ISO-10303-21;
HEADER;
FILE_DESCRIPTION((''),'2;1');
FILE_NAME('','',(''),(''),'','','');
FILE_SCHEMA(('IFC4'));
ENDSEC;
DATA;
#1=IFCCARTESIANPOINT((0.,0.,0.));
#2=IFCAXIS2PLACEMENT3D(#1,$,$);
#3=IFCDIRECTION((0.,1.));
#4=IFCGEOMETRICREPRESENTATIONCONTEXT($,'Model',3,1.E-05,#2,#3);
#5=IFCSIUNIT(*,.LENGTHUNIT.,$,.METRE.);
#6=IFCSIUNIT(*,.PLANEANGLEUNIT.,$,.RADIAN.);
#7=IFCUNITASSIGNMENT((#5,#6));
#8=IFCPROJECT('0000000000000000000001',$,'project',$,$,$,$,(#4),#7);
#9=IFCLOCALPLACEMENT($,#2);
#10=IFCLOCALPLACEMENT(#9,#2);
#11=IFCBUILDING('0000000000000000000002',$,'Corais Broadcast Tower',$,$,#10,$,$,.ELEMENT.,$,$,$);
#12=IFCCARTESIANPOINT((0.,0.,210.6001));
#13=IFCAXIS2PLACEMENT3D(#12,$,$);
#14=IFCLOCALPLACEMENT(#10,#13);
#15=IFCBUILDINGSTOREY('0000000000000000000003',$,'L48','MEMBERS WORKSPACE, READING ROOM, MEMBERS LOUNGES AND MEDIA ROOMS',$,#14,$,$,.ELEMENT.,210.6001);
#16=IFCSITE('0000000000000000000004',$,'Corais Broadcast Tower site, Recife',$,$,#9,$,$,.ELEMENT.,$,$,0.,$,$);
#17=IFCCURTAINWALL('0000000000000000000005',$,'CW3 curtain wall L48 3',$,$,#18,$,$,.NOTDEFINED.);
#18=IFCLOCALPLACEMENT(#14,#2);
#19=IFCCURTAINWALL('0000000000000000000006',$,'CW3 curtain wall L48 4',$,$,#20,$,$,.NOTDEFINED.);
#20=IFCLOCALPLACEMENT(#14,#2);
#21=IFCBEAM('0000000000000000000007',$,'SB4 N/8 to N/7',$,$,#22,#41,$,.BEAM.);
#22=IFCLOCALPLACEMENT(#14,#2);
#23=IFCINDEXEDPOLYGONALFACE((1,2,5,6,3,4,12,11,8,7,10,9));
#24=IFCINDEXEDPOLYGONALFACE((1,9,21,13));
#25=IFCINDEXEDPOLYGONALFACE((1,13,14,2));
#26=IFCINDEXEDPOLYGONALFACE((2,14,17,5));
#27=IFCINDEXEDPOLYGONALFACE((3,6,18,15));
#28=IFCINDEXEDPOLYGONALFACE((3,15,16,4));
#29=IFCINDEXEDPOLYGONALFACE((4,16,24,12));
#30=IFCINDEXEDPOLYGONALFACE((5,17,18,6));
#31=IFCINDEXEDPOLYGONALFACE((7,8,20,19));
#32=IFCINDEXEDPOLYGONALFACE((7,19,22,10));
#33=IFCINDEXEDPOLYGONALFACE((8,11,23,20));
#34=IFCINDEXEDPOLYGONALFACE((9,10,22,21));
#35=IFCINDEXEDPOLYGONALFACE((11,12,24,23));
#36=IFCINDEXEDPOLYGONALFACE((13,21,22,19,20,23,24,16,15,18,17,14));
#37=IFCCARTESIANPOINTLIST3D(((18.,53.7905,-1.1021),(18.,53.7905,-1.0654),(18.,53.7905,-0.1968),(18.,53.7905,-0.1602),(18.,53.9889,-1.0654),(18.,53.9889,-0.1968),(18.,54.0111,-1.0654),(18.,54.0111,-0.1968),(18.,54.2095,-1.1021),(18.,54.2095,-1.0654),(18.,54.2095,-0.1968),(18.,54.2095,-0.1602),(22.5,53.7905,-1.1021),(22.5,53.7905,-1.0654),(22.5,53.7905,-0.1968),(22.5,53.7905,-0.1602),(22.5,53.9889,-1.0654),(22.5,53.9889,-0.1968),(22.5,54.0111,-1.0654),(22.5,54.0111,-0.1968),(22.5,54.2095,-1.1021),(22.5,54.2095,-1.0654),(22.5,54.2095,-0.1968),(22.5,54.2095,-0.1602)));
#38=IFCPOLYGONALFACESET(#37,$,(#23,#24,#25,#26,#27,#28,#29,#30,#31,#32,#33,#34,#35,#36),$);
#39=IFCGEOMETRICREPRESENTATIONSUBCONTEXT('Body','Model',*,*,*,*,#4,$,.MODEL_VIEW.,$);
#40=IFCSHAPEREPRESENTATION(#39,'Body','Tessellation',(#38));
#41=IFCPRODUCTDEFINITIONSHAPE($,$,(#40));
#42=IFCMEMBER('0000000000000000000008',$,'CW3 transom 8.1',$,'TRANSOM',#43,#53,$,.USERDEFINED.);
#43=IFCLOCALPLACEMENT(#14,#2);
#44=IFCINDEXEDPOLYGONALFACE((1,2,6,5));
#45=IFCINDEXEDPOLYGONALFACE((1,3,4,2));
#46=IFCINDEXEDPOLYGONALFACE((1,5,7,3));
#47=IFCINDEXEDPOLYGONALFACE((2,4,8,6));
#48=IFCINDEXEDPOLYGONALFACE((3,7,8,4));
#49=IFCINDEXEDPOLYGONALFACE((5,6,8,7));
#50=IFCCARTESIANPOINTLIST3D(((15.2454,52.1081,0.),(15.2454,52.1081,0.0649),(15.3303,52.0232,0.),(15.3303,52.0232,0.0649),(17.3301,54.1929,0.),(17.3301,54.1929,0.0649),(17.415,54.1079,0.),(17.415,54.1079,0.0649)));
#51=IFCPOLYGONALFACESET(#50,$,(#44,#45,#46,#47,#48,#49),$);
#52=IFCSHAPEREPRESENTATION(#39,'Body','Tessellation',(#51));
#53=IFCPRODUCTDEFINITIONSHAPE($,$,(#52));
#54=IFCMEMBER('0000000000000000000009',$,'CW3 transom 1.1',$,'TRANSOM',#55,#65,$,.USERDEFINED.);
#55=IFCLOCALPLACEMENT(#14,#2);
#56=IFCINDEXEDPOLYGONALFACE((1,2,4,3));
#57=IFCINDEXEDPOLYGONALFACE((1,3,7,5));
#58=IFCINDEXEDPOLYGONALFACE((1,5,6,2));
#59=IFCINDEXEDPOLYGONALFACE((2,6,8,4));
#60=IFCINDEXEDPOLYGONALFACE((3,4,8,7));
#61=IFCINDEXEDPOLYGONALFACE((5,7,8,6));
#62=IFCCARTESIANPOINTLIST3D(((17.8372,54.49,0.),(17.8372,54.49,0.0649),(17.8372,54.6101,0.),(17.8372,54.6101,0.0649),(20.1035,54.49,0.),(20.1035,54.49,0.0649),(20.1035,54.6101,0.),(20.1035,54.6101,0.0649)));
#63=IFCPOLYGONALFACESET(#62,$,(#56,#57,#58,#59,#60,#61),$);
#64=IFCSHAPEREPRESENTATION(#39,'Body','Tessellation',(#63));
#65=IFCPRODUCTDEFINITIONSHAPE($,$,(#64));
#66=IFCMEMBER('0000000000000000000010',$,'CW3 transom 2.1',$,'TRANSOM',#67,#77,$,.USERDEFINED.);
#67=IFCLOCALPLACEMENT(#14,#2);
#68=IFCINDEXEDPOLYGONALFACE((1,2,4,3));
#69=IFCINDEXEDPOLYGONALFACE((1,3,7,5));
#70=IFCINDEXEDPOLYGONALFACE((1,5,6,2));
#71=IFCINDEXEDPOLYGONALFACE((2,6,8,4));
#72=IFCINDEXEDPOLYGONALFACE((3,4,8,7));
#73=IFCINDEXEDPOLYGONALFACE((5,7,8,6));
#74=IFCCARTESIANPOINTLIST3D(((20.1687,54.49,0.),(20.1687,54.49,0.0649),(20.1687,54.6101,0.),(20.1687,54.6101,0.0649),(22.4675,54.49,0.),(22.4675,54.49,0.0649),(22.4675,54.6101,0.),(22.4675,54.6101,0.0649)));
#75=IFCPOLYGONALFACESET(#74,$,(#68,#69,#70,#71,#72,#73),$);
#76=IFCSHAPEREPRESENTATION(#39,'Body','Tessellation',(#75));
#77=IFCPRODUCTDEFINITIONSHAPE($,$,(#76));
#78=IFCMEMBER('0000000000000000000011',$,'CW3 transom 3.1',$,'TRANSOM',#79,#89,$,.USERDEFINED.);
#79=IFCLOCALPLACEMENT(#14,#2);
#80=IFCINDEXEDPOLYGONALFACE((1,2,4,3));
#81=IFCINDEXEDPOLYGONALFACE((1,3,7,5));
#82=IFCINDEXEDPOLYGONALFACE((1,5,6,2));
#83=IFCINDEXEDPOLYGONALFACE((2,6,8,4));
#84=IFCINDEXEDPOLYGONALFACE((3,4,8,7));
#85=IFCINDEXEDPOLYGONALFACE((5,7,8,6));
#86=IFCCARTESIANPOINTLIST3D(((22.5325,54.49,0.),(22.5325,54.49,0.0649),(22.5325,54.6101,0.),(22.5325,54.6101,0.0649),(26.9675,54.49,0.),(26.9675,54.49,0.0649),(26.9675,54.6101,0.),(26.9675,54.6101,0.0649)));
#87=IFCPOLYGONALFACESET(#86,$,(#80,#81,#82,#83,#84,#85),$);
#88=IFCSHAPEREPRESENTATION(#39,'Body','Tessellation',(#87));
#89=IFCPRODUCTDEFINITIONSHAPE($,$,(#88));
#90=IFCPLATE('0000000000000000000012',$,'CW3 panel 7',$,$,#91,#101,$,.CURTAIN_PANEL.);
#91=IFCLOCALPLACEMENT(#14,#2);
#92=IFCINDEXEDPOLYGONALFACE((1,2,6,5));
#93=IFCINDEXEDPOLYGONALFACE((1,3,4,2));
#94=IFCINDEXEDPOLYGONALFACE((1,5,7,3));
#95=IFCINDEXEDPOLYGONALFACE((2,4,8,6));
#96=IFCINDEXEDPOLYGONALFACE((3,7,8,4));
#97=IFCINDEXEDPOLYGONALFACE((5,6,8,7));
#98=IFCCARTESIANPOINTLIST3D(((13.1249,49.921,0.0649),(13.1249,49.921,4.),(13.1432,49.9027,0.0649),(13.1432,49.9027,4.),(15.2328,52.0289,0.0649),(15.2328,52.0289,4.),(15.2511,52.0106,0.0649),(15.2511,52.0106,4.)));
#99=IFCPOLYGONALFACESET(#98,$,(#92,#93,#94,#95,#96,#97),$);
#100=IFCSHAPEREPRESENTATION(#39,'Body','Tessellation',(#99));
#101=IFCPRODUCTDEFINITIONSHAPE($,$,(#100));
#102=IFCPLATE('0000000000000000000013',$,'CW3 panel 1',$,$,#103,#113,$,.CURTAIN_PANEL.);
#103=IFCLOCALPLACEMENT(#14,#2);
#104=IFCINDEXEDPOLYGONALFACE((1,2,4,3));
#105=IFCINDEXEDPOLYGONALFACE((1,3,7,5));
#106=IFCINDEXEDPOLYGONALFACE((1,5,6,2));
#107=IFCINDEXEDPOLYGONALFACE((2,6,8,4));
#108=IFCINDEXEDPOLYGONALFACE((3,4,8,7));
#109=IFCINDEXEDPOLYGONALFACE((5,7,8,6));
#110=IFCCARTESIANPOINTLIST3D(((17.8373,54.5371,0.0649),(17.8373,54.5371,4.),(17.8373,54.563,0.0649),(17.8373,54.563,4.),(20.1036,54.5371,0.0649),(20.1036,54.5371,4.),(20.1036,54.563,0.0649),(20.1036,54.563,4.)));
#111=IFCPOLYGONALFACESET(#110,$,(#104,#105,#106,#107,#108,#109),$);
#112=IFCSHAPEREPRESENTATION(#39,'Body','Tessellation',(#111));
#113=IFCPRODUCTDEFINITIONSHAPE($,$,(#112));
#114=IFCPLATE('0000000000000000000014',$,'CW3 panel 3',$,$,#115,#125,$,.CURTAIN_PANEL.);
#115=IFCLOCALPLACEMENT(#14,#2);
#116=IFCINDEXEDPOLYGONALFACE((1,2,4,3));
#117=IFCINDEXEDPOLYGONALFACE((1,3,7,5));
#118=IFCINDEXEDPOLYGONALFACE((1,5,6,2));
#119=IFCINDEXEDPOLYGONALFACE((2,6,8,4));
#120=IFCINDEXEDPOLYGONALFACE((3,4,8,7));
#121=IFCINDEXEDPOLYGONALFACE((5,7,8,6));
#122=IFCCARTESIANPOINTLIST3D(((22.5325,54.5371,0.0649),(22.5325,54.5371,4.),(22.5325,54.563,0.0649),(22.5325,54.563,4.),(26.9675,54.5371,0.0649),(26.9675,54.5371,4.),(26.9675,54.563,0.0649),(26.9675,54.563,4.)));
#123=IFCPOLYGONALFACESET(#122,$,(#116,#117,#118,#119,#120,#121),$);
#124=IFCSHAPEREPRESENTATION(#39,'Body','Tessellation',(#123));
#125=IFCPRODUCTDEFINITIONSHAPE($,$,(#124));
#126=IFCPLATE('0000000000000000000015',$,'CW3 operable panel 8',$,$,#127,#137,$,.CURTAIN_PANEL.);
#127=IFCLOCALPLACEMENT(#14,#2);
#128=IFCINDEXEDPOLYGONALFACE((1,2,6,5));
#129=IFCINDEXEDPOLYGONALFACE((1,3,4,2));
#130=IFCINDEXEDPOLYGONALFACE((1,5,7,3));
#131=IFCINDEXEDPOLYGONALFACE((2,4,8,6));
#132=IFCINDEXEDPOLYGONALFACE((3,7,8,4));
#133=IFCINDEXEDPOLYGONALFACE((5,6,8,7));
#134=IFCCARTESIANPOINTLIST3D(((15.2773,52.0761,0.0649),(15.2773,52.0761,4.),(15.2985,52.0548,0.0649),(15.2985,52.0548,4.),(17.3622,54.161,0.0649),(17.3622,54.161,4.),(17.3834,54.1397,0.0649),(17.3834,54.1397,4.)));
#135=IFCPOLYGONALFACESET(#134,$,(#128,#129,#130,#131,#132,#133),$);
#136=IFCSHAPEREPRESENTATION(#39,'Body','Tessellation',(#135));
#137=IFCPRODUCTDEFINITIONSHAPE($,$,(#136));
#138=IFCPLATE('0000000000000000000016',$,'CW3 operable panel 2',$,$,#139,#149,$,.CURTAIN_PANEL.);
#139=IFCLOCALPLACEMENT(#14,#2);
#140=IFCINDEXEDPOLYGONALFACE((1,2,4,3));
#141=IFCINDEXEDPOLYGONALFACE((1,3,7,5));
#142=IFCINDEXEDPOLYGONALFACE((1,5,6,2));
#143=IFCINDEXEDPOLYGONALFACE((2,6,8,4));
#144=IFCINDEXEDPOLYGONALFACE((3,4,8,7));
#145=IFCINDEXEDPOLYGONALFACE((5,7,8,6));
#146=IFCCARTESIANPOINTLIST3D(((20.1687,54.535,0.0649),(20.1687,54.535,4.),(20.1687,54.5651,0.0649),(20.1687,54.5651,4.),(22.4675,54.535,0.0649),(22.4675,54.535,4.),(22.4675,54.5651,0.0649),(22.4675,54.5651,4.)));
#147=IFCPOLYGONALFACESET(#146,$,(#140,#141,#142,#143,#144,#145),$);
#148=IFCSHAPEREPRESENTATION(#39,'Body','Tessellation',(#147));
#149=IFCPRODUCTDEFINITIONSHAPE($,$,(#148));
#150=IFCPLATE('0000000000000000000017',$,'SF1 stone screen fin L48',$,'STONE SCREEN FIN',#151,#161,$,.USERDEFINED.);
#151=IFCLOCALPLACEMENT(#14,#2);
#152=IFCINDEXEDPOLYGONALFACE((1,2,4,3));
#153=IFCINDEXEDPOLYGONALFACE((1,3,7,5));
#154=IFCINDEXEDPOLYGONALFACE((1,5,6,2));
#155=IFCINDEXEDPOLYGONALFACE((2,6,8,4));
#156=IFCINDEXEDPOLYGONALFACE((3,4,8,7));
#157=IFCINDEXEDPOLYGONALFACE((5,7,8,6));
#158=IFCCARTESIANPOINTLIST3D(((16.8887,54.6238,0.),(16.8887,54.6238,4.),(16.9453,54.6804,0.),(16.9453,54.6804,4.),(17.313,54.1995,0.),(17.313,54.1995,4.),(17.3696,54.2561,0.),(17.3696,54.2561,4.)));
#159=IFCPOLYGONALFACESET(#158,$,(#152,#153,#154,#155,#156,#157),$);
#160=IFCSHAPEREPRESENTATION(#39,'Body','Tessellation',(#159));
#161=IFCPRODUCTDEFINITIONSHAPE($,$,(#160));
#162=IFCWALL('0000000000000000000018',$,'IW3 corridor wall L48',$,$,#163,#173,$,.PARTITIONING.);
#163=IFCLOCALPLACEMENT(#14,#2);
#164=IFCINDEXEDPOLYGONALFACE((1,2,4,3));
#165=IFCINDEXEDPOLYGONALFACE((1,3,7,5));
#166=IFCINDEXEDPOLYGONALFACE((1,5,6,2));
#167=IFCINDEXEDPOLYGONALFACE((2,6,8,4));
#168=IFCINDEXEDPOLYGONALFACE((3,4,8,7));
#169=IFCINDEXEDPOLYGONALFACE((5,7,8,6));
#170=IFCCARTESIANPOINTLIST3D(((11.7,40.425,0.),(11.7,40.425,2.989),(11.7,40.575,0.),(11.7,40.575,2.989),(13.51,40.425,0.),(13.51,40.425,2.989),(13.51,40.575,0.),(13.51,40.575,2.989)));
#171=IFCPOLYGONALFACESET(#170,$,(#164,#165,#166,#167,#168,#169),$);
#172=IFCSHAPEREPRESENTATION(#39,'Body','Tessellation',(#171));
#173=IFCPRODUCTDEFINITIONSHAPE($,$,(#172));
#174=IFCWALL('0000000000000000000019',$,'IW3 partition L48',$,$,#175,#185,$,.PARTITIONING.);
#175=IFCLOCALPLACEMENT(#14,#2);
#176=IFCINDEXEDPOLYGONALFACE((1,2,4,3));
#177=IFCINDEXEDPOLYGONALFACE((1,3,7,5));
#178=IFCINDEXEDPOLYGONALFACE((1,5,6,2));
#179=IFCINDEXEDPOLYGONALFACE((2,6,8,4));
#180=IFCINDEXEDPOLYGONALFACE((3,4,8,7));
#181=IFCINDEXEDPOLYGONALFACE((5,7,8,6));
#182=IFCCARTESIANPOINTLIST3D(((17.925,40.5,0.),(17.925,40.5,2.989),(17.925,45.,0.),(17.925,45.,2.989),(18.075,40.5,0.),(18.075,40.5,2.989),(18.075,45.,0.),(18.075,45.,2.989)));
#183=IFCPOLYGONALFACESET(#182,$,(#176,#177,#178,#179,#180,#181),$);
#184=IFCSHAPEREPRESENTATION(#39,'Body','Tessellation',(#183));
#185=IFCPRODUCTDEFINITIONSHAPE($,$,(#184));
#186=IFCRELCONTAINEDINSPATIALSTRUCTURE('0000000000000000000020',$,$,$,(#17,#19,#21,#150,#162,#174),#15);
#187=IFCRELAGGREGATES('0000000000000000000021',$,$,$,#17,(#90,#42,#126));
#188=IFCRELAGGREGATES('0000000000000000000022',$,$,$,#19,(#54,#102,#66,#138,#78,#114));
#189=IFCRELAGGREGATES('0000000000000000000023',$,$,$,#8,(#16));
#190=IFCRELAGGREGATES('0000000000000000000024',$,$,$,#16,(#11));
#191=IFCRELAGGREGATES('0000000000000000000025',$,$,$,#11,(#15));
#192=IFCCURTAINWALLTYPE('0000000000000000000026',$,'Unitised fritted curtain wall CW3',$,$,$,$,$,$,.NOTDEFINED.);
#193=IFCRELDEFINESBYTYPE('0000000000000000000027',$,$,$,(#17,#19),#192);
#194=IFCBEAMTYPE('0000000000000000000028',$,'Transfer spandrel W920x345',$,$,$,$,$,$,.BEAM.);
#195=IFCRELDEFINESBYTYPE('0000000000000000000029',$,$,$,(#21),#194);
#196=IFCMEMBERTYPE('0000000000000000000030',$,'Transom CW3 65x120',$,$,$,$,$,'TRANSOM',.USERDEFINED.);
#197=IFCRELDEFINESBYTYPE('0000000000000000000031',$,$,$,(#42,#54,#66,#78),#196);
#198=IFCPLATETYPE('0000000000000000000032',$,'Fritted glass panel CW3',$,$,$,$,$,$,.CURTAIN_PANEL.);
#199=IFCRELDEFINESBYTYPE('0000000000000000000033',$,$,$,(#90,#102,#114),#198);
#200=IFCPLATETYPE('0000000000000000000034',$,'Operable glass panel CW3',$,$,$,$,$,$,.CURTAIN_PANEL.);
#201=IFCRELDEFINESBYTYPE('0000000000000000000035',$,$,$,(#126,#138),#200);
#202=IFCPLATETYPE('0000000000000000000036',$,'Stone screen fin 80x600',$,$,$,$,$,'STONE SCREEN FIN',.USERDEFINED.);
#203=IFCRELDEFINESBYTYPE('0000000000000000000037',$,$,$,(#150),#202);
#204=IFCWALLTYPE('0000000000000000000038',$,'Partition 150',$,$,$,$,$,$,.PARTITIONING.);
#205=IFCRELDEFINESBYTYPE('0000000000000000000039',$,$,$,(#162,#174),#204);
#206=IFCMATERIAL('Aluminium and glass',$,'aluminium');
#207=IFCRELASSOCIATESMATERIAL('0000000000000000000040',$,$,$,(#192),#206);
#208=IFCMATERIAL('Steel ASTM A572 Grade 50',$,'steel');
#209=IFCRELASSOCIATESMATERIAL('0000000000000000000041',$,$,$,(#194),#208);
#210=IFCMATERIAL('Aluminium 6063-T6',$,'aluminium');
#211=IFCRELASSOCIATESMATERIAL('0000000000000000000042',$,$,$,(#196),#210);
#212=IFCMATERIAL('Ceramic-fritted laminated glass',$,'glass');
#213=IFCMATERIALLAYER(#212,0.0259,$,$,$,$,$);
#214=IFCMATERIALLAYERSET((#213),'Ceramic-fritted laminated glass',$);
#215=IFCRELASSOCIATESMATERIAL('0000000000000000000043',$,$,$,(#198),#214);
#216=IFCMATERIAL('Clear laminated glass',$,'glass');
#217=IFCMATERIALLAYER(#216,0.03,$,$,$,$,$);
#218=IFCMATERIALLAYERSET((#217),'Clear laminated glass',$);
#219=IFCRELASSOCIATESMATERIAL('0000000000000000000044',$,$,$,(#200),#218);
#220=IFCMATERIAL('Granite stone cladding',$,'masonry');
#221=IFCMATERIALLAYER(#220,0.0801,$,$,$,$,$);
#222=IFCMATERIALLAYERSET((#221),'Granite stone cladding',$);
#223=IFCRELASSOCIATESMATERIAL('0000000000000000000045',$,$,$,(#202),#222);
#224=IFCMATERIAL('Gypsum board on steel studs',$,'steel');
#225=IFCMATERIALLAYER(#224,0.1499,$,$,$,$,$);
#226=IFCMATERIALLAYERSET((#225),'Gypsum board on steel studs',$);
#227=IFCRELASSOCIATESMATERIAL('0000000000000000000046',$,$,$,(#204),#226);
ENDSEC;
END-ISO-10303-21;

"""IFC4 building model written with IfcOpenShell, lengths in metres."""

from ifc_helpers import new_model, si_unit, direction, frame, frame_2d, origin, origin_2d, place, context, subcontext, project, spatial, rectangle, i_section, extrude, material, layer, layer_set, material_profile, profile_set, type_object, element, aggregate, save


model = new_model("IFC4")

# Units and contexts
model_context = context("Model", 3, precision=1e-05, world=origin(), true_north=direction((0.0, 1.0)))
body_context = subcontext(model_context, "Body", "Model", "MODEL_VIEW")
ifc_project = project(units=[si_unit("LENGTHUNIT", "METRE"), si_unit("PLANEANGLEUNIT", "RADIAN")], contexts=[model_context])

# Site, building, storey
site_placement = place(None, origin())
site = spatial("IfcSite", under=ifc_project, at=site_placement, Name="Corais Broadcast Tower site, Recife", CompositionType="ELEMENT", RefElevation=0.0)
building_placement = place(site_placement, origin())
building = spatial("IfcBuilding", under=site, at=building_placement, Name="Corais Broadcast Tower", CompositionType="ELEMENT")
storey_placement = place(building_placement, frame((0.0, 0.0, 210.6001)))
storey = spatial("IfcBuildingStorey", under=building, at=storey_placement, Name="L48", Description="MEMBERS WORKSPACE, READING ROOM, MEMBERS LOUNGES AND MEDIA ROOMS", CompositionType="ELEMENT", Elevation=210.6001)

# Curtain walls
ifc_material_1 = material(Name="Aluminium and glass", Category="aluminium")
curtain_wall_type = type_object("IfcCurtainWallType", Name="Unitised fritted curtain wall CW3", PredefinedType="NOTDEFINED", material=ifc_material_1)
curtain_wall_1_placement = place(storey_placement, origin())
curtain_wall_1 = element("IfcCurtainWall", 1, at=curtain_wall_1_placement, inside=storey, type_object=curtain_wall_type, Name="CW3 curtain wall L48 3", PredefinedType="NOTDEFINED")
curtain_wall_2_placement = place(storey_placement, origin())
curtain_wall_2 = element("IfcCurtainWall", 2, at=curtain_wall_2_placement, inside=storey, type_object=curtain_wall_type, Name="CW3 curtain wall L48 4", PredefinedType="NOTDEFINED")

# Beam
ifc_material_2 = material(Name="Steel ASTM A572 Grade 50", Category="steel")
ifc_material_profile_1 = material_profile(ifc_material_2, i_section(OverallWidth=0.4189, OverallDepth=0.9419, WebThickness=0.0222, FlangeThickness=0.0366, at=origin_2d()), Name="W920x345")
ifc_profile_set_1 = profile_set([ifc_material_profile_1], Name="Steel ASTM A572 Grade 50")
beam_type_1 = type_object("IfcBeamType", Name="Transfer spandrel W920x345", PredefinedType="BEAM", material=ifc_profile_set_1)
beam_placement = place(storey_placement, frame((22.5, 54.0, -0.6311), z_axis=(-1.0, 0.0, 0.0), x_axis=(0.0, -1.0, 0.0)))
element("IfcBeam", 3, at=beam_placement, inside=storey, type_object=beam_type_1, Name="SB4 N/8 to N/7", PredefinedType="BEAM", context=body_context, shape_type="SweptSolid", body=[
    extrude(i_section(OverallWidth=0.4189, OverallDepth=0.9419, WebThickness=0.0222, FlangeThickness=0.0366, at=origin_2d()), origin(), (0.0, 0.0, 1.0), 4.5),
])

# Members
ifc_material_3 = material(Name="Aluminium 6063-T6", Category="aluminium")
ifc_material_profile_2 = material_profile(ifc_material_3, rectangle(XDim=0.1201, YDim=0.0649, at=origin_2d()), Name="Transom CW3 65x120")
ifc_profile_set_2 = profile_set([ifc_material_profile_2], Name="Aluminium 6063-T6")
member_type_1 = type_object("IfcMemberType", Name="Transom CW3 65x120", ElementType="TRANSOM", PredefinedType="USERDEFINED", material=ifc_profile_set_2)
member_1_placement = place(storey_placement, frame((15.2878, 52.0657, 0.0325), z_axis=(0.707107, 0.707107, 0.0), x_axis=(-0.707107, 0.707107, 0.0)))
member_1 = element("IfcMember", 4, at=member_1_placement, type_object=member_type_1, Name="CW3 transom 8.1", ObjectType="TRANSOM", PredefinedType="USERDEFINED", context=body_context, shape_type="SweptSolid", body=[
    extrude(rectangle(XDim=0.1201, YDim=0.0649, at=origin_2d()), origin(), (0.0, 0.0, 1.0), 2.9482),
])
member_2_placement = place(storey_placement, frame((17.8372, 54.55, 0.0325), z_axis=(1.0, 0.0, 0.0), x_axis=(0.0, 1.0, 0.0)))
member_2 = element("IfcMember", 5, at=member_2_placement, type_object=member_type_1, Name="CW3 transom 1.1", ObjectType="TRANSOM", PredefinedType="USERDEFINED", context=body_context, shape_type="SweptSolid", body=[
    extrude(rectangle(XDim=0.1201, YDim=0.0649, at=origin_2d()), origin(), (0.0, 0.0, 1.0), 2.2664),
])
member_3_placement = place(storey_placement, frame((20.1687, 54.55, 0.0325), z_axis=(1.0, 0.0, 0.0), x_axis=(0.0, 1.0, 0.0)))
member_3 = element("IfcMember", 6, at=member_3_placement, type_object=member_type_1, Name="CW3 transom 2.1", ObjectType="TRANSOM", PredefinedType="USERDEFINED", context=body_context, shape_type="SweptSolid", body=[
    extrude(rectangle(XDim=0.1201, YDim=0.0649, at=origin_2d()), origin(), (0.0, 0.0, 1.0), 2.2988),
])
member_4_placement = place(storey_placement, frame((22.5325, 54.55, 0.0325), z_axis=(1.0, 0.0, 0.0), x_axis=(0.0, 1.0, 0.0)))
member_4 = element("IfcMember", 7, at=member_4_placement, type_object=member_type_1, Name="CW3 transom 3.1", ObjectType="TRANSOM", PredefinedType="USERDEFINED", context=body_context, shape_type="SweptSolid", body=[
    extrude(rectangle(XDim=0.1201, YDim=0.0649, at=origin_2d()), origin(), (0.0, 0.0, 1.0), 4.4351),
])

# Plates
ifc_material_4 = material(Name="Ceramic-fritted laminated glass", Category="glass")
ifc_layer_1 = layer(ifc_material_4, 0.0259)
ifc_layer_set_1 = layer_set([ifc_layer_1], Name="Ceramic-fritted laminated glass")
plate_type_1 = type_object("IfcPlateType", Name="Fritted glass panel CW3", PredefinedType="CURTAIN_PANEL", material=ifc_layer_set_1)
plate_1_placement = place(storey_placement, frame((14.188, 50.9658, 0.0649), z_axis=(0.0, 0.0, 1.0), x_axis=(0.707107, 0.707107, 0.0)))
plate_1 = element("IfcPlate", 8, at=plate_1_placement, type_object=plate_type_1, Name="CW3 panel 7", PredefinedType="CURTAIN_PANEL", context=body_context, shape_type="SweptSolid", body=[
    extrude(rectangle(XDim=2.981, YDim=0.0259, at=origin_2d()), origin(), (0.0, 0.0, 1.0), 3.9351),
])
plate_2_placement = place(storey_placement, frame((18.9705, 54.55, 0.0649), z_axis=(0.0, 0.0, 1.0), x_axis=(1.0, 0.0, 0.0)))
plate_2 = element("IfcPlate", 9, at=plate_2_placement, type_object=plate_type_1, Name="CW3 panel 1", PredefinedType="CURTAIN_PANEL", context=body_context, shape_type="SweptSolid", body=[
    extrude(rectangle(XDim=2.2664, YDim=0.0259, at=origin_2d()), origin(), (0.0, 0.0, 1.0), 3.9351),
])
plate_3_placement = place(storey_placement, frame((24.75, 54.55, 0.0649), z_axis=(0.0, 0.0, 1.0), x_axis=(1.0, 0.0, 0.0)))
plate_3 = element("IfcPlate", 10, at=plate_3_placement, type_object=plate_type_1, Name="CW3 panel 3", PredefinedType="CURTAIN_PANEL", context=body_context, shape_type="SweptSolid", body=[
    extrude(rectangle(XDim=4.4351, YDim=0.0259, at=origin_2d()), origin(), (0.0, 0.0, 1.0), 3.9351),
])
ifc_material_5 = material(Name="Clear laminated glass", Category="glass")
ifc_layer_2 = layer(ifc_material_5, 0.03)
ifc_layer_set_2 = layer_set([ifc_layer_2], Name="Clear laminated glass")
plate_type_2 = type_object("IfcPlateType", Name="Operable glass panel CW3", PredefinedType="CURTAIN_PANEL", material=ifc_layer_set_2)
plate_4_placement = place(storey_placement, frame((16.3303, 53.1079, 0.0649), z_axis=(0.0, 0.0, 1.0), x_axis=(0.707107, 0.707107, 0.0)))
plate_4 = element("IfcPlate", 11, at=plate_4_placement, type_object=plate_type_2, Name="CW3 operable panel 8", PredefinedType="CURTAIN_PANEL", context=body_context, shape_type="SweptSolid", body=[
    extrude(rectangle(XDim=2.9485, YDim=0.03, at=origin_2d()), origin(), (0.0, 0.0, 1.0), 3.9351),
])
aggregate(curtain_wall_1, [plate_1, member_1, plate_4])
plate_5_placement = place(storey_placement, frame((21.3181, 54.55, 0.0649), z_axis=(0.0, 0.0, 1.0), x_axis=(1.0, 0.0, 0.0)))
plate_5 = element("IfcPlate", 12, at=plate_5_placement, type_object=plate_type_2, Name="CW3 operable panel 2", PredefinedType="CURTAIN_PANEL", context=body_context, shape_type="SweptSolid", body=[
    extrude(rectangle(XDim=2.2988, YDim=0.03, at=origin_2d()), origin(), (0.0, 0.0, 1.0), 3.9351),
])
aggregate(curtain_wall_2, [member_2, plate_2, member_3, plate_5, member_4, plate_3])
ifc_material_6 = material(Name="Granite stone cladding", Category="masonry")
ifc_layer_3 = layer(ifc_material_6, 0.0801)
ifc_layer_set_3 = layer_set([ifc_layer_3], Name="Granite stone cladding")
plate_type_3 = type_object("IfcPlateType", Name="Stone screen fin 80x600", ElementType="STONE SCREEN FIN", PredefinedType="USERDEFINED", material=ifc_layer_set_3)
plate_6_placement = place(storey_placement, frame((17.1292, 54.4399, 0.0), z_axis=(0.0, 0.0, 1.0), x_axis=(0.707107, 0.707107, 0.0)))
element("IfcPlate", 13, at=plate_6_placement, inside=storey, type_object=plate_type_3, Name="SF1 stone screen fin L48", ObjectType="STONE SCREEN FIN", PredefinedType="USERDEFINED", context=body_context, shape_type="SweptSolid", body=[
    extrude(rectangle(XDim=0.0801, YDim=0.6001, at=origin_2d()), origin(), (0.0, 0.0, 1.0), 4.0),
])

# Walls
ifc_material_7 = material(Name="Gypsum board on steel studs", Category="steel")
ifc_layer_4 = layer(ifc_material_7, 0.1499)
ifc_layer_set_4 = layer_set([ifc_layer_4], Name="Gypsum board on steel studs")
wall_type = type_object("IfcWallType", Name="Partition 150", PredefinedType="PARTITIONING", material=ifc_layer_set_4)
wall_1_placement = place(storey_placement, frame((13.51, 40.5, 0.0), z_axis=(0.0, 0.0, 1.0), x_axis=(-1.0, 0.0, 0.0)))
element("IfcWall", 14, at=wall_1_placement, inside=storey, type_object=wall_type, Name="IW3 corridor wall L48", PredefinedType="PARTITIONING", context=body_context, shape_type="SweptSolid", body=[
    extrude(rectangle(XDim=1.8101, YDim=0.1499, at=frame_2d((0.905, 0.0))), origin(), (0.0, 0.0, 1.0), 2.989),
])
wall_2_placement = place(storey_placement, frame((18.0, 45.0, 0.0), z_axis=(0.0, 0.0, 1.0), x_axis=(0.0, -1.0, 0.0)))
element("IfcWall", 15, at=wall_2_placement, inside=storey, type_object=wall_type, Name="IW3 partition L48", PredefinedType="PARTITIONING", context=body_context, shape_type="SweptSolid", body=[
    extrude(rectangle(XDim=4.5, YDim=0.1499, at=frame_2d((2.25, 0.0))), origin(), (0.0, 0.0, 1.0), 2.989),
])

save(model, "model.ifc")
